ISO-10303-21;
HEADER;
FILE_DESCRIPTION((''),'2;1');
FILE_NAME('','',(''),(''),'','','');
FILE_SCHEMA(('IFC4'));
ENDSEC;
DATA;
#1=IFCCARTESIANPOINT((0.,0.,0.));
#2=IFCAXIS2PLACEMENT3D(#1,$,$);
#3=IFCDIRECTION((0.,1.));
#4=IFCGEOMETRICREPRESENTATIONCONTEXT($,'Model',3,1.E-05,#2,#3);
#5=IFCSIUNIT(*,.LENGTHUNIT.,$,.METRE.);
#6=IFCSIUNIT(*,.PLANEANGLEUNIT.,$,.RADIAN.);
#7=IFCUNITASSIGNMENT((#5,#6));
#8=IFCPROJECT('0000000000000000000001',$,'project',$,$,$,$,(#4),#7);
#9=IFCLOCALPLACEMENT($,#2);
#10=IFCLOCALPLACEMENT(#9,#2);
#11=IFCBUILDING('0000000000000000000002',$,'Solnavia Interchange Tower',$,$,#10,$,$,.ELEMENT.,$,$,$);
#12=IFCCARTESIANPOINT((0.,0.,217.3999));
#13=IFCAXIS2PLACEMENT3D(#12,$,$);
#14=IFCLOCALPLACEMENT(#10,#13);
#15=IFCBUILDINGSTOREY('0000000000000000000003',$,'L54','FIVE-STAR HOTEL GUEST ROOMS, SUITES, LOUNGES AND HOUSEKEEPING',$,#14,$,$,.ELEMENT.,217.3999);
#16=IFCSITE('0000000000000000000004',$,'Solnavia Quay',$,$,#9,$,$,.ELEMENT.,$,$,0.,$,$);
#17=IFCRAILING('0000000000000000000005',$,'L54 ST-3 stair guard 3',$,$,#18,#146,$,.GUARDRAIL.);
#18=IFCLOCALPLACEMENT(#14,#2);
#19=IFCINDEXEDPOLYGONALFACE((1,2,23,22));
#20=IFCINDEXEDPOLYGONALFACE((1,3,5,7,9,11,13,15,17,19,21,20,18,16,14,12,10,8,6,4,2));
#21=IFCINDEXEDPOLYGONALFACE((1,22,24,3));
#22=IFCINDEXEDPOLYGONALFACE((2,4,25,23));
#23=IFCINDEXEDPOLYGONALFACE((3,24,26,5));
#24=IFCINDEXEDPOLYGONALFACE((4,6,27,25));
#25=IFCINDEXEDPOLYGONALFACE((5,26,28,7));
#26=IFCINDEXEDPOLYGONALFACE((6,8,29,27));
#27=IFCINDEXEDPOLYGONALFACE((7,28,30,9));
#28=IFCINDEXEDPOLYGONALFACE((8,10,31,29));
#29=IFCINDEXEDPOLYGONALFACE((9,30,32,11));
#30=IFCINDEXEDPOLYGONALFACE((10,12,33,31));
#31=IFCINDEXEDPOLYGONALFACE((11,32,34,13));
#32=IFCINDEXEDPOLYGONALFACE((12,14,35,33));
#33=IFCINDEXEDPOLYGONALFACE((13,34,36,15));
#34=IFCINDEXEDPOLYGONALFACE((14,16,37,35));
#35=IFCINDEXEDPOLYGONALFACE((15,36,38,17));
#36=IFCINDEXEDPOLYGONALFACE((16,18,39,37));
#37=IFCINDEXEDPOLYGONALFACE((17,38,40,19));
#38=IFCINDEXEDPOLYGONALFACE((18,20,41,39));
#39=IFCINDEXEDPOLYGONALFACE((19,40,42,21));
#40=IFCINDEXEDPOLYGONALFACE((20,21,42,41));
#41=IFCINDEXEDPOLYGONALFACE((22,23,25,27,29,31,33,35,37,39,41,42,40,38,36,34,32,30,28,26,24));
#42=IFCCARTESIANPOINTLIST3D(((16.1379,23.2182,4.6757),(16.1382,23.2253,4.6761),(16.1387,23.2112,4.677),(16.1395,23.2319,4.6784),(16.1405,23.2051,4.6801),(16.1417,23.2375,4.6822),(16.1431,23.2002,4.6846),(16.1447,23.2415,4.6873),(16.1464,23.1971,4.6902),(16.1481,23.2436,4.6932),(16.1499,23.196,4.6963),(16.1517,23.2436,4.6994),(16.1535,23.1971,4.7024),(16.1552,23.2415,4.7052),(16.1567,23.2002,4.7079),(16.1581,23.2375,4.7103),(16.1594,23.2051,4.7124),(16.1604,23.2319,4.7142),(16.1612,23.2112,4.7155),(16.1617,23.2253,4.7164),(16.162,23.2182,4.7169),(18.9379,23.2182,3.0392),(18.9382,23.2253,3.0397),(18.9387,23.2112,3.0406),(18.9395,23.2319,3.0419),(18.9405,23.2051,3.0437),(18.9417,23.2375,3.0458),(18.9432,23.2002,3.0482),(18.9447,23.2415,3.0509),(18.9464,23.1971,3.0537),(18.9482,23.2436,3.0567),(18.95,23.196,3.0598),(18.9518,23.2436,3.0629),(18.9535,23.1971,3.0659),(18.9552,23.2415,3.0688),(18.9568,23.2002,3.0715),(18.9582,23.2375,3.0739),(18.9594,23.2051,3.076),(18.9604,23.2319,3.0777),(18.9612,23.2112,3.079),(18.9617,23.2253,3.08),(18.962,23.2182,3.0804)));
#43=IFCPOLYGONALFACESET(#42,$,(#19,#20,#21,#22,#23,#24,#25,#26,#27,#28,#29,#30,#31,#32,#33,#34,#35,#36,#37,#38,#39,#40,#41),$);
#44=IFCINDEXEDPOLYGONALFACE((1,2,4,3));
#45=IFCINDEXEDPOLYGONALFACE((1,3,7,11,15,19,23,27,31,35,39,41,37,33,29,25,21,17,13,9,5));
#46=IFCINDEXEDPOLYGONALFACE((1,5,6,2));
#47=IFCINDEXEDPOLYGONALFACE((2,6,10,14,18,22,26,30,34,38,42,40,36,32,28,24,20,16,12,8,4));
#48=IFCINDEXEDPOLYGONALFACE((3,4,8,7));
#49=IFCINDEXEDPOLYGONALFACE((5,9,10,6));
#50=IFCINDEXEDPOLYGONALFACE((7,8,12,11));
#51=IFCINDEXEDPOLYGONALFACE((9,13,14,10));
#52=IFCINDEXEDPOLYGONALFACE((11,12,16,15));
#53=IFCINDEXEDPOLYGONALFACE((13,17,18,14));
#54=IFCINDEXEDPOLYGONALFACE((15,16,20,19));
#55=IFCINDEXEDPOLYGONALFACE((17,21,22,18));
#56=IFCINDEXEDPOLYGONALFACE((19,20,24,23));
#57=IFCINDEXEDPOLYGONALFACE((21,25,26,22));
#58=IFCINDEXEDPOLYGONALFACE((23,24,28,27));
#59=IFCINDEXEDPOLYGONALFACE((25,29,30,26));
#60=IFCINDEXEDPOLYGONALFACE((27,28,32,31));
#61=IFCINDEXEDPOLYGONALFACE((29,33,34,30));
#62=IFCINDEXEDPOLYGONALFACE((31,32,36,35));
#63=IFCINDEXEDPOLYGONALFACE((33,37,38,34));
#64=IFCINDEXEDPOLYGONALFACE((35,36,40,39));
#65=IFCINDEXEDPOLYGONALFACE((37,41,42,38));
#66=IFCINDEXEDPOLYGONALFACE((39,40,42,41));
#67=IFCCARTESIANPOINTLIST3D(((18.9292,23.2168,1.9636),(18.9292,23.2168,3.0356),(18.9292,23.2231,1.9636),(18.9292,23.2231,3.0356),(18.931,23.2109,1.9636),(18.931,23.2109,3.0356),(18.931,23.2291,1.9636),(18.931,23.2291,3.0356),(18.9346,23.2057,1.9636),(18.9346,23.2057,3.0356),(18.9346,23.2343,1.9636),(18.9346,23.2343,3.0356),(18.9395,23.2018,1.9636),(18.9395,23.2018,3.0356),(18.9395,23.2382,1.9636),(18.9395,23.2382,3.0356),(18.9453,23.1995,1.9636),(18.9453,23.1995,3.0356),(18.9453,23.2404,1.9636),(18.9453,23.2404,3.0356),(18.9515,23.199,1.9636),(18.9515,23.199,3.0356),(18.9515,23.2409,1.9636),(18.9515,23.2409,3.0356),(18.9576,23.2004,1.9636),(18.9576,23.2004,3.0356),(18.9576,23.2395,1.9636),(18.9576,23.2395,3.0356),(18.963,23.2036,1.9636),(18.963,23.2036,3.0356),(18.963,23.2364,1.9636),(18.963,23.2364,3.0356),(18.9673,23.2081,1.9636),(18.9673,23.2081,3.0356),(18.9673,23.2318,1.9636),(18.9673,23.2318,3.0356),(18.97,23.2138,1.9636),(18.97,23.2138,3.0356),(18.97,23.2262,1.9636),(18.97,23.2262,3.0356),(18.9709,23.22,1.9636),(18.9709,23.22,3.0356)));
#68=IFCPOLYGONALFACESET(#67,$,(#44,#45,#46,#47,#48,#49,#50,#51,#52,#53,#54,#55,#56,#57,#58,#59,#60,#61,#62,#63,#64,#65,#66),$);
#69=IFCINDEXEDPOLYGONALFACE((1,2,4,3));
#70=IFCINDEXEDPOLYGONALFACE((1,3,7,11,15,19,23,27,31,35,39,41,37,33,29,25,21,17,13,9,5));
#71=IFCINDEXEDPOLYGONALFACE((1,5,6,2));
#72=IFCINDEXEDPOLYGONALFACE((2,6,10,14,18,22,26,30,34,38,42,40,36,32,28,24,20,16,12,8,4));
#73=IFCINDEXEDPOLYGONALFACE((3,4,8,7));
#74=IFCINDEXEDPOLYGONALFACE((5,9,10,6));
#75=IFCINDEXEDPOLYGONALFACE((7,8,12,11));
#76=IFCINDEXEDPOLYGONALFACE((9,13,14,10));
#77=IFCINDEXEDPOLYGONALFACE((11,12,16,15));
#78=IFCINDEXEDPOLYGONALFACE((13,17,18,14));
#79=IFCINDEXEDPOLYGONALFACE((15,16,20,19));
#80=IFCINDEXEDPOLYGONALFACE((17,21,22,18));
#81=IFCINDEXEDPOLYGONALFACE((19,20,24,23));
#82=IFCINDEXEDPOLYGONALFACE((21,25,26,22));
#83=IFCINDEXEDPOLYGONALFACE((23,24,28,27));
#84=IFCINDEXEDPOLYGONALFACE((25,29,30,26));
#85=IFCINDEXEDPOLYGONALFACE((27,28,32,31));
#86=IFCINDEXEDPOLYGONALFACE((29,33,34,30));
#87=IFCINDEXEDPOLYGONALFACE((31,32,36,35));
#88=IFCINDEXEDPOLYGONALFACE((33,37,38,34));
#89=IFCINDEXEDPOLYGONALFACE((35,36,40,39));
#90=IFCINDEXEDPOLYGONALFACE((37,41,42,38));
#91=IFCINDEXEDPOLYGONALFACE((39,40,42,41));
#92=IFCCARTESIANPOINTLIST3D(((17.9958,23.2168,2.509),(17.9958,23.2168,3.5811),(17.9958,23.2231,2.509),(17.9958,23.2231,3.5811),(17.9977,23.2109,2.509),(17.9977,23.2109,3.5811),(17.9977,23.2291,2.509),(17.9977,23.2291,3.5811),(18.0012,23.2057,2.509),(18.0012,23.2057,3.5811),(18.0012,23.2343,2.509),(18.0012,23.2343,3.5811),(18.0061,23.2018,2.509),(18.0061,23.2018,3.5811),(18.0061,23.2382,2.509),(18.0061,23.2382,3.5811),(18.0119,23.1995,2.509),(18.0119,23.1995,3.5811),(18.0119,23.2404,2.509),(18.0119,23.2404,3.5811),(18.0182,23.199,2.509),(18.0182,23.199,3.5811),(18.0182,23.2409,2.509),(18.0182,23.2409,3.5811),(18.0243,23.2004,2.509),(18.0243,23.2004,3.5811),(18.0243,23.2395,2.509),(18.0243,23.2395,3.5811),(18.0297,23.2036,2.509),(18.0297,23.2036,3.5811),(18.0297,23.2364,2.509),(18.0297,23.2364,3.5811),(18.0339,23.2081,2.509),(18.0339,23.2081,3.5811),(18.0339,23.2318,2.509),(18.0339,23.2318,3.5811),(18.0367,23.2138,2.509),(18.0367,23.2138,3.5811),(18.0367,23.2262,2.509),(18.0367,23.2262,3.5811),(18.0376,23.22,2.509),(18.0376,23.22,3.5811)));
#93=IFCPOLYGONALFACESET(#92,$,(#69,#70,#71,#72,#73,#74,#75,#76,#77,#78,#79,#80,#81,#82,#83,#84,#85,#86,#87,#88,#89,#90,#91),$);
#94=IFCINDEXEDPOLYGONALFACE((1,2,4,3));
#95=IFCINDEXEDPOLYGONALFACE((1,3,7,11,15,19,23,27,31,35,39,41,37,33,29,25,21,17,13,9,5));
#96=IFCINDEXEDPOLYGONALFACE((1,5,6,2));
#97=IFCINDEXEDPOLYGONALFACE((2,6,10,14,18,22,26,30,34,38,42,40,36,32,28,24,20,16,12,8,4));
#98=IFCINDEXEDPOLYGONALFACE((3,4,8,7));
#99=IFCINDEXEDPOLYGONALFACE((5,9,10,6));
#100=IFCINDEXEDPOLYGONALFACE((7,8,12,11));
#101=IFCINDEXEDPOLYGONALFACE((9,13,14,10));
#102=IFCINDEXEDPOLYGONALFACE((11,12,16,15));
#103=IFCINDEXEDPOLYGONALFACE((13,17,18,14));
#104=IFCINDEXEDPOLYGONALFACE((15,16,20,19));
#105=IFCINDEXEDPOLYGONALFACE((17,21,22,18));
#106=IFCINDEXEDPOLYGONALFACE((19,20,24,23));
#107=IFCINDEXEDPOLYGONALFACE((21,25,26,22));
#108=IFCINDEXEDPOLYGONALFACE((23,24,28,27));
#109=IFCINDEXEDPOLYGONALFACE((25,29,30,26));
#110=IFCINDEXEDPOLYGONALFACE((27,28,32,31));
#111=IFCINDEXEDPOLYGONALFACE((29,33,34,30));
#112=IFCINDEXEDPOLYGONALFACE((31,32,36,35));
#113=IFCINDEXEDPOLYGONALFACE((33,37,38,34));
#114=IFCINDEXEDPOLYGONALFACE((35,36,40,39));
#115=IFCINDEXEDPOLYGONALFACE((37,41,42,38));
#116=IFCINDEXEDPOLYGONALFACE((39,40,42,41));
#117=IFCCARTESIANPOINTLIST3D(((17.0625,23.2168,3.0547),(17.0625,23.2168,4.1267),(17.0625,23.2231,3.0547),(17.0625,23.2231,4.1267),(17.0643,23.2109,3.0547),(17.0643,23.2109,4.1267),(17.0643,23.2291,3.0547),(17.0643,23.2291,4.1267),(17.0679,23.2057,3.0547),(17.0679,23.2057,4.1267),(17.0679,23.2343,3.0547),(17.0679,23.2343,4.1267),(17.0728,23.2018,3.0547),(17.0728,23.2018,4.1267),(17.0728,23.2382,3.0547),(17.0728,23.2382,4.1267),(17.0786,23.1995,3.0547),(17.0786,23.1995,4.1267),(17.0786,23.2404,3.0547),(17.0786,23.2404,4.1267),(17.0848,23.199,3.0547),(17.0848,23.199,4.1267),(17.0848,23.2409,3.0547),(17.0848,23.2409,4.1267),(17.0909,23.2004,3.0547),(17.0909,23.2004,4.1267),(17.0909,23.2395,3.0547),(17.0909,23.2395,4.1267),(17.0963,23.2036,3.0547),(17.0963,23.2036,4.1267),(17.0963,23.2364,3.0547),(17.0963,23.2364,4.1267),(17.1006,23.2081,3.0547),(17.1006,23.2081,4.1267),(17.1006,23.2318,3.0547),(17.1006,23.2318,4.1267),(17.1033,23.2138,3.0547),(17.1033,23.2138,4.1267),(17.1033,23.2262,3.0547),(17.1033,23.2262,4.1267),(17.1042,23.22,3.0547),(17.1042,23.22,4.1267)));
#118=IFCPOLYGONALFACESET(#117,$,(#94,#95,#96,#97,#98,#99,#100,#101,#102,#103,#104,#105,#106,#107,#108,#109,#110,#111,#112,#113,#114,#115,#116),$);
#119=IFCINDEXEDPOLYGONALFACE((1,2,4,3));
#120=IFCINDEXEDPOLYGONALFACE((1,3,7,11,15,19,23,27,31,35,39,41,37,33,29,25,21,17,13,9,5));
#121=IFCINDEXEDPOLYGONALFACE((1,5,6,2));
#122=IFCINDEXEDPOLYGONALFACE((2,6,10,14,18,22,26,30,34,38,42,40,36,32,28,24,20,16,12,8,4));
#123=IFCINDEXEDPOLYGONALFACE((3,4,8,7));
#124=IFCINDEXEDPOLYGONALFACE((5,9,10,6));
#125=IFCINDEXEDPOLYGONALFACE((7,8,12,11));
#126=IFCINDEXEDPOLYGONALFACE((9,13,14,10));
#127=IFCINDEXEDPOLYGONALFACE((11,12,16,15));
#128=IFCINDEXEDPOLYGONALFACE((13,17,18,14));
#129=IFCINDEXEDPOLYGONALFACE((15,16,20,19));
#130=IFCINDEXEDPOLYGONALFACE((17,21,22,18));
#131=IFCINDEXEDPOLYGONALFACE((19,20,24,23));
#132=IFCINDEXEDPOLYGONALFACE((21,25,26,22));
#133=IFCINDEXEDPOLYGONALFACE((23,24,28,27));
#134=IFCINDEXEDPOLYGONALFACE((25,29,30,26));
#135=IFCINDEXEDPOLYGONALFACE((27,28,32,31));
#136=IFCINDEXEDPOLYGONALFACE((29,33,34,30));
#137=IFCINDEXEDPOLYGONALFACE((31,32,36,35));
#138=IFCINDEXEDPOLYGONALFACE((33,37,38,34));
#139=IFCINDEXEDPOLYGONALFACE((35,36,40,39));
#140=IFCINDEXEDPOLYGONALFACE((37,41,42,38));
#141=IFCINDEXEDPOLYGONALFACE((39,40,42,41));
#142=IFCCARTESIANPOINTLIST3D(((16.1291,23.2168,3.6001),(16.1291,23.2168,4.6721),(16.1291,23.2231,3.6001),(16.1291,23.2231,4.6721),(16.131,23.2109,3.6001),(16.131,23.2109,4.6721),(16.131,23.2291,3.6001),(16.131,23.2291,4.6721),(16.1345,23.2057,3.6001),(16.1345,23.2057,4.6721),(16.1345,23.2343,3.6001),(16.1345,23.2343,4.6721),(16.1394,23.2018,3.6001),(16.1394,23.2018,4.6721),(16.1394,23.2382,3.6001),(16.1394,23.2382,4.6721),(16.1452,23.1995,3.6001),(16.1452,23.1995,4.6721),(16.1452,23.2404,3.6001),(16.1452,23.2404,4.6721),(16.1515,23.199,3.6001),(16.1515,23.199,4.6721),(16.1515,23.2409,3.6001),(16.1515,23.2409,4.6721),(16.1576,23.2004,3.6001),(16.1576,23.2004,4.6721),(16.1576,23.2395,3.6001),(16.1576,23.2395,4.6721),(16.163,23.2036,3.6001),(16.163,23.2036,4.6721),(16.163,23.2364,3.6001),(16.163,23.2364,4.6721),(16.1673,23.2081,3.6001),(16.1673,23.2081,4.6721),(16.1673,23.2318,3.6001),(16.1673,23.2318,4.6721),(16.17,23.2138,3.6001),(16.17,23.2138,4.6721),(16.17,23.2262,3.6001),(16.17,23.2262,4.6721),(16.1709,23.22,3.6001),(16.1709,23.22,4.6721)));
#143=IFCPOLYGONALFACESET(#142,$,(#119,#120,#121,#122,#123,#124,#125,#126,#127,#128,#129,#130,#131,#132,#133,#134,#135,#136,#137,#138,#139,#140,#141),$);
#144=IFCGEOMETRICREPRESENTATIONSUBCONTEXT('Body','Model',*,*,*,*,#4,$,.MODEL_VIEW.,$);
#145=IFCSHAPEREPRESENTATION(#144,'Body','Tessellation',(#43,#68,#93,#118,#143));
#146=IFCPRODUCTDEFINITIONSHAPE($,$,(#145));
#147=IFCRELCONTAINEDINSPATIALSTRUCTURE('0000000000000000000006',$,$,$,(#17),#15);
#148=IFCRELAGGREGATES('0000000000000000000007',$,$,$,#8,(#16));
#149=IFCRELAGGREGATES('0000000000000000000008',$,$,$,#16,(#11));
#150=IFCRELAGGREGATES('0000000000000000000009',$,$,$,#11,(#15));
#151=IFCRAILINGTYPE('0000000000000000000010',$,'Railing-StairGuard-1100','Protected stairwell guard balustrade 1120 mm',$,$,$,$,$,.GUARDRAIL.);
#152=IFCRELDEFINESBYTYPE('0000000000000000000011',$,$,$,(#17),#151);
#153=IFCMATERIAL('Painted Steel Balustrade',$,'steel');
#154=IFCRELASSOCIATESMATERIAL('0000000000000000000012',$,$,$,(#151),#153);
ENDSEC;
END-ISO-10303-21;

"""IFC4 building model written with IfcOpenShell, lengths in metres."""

from ifc_helpers import new_model, si_unit, direction, frame, origin, origin_2d, place, context, subcontext, project, spatial, circle, extrude, material, type_object, element, save


model = new_model("IFC4")

# Units and contexts
model_context = context("Model", 3, precision=1e-05, world=origin(), true_north=direction((0.0, 1.0)))
body_context = subcontext(model_context, "Body", "Model", "MODEL_VIEW")
ifc_project = project(units=[si_unit("LENGTHUNIT", "METRE"), si_unit("PLANEANGLEUNIT", "RADIAN")], contexts=[model_context])

# Site, building, storey
site_placement = place(None, origin())
site = spatial("IfcSite", under=ifc_project, at=site_placement, Name="Solnavia Quay", CompositionType="ELEMENT", RefElevation=0.0)
building_placement = place(site_placement, origin())
building = spatial("IfcBuilding", under=site, at=building_placement, Name="Solnavia Interchange Tower", CompositionType="ELEMENT")
storey_placement = place(building_placement, frame((0.0, 0.0, 217.3999)))
storey = spatial("IfcBuildingStorey", under=building, at=storey_placement, Name="L54", Description="FIVE-STAR HOTEL GUEST ROOMS, SUITES, LOUNGES AND HOUSEKEEPING", CompositionType="ELEMENT", Elevation=217.3999)

# Railing
ifc_material_1 = material(Name="Painted Steel Balustrade", Category="steel")
railing_type_1 = type_object("IfcRailingType", Name="Railing-StairGuard-1100", Description="Protected stairwell guard balustrade 1120 mm", PredefinedType="GUARDRAIL", material=ifc_material_1)
railing_1_placement = place(storey_placement, frame((18.95, 23.22, 1.9636)))
element("IfcRailing", 1, at=railing_1_placement, inside=storey, type_object=railing_type_1, Name="L54 ST-3 stair guard 3", PredefinedType="GUARDRAIL", context=body_context, shape_type="SweptSolid", body=[
    extrude(circle(Radius=0.0239, at=origin_2d()), frame((0.0, 0.0, 1.0962), z_axis=(-0.863361, 0.0, 0.504587), x_axis=(0.0, -1.0, 0.0)), (0.0, 0.0, 1.0), 3.2432),
    extrude(circle(Radius=0.021, at=origin_2d()), origin(), (0.0, 0.0, 1.0), 1.072),
    extrude(circle(Radius=0.021, at=origin_2d()), frame((-0.9333, 0.0, 0.5454)), (0.0, 0.0, 1.0), 1.072),
    extrude(circle(Radius=0.021, at=origin_2d()), frame((-1.8667, 0.0, 1.0911)), (0.0, 0.0, 1.0), 1.072),
    extrude(circle(Radius=0.021, at=origin_2d()), frame((-2.8, 0.0, 1.6365)), (0.0, 0.0, 1.0), 1.072),
])

save(model, "model.ifc")
